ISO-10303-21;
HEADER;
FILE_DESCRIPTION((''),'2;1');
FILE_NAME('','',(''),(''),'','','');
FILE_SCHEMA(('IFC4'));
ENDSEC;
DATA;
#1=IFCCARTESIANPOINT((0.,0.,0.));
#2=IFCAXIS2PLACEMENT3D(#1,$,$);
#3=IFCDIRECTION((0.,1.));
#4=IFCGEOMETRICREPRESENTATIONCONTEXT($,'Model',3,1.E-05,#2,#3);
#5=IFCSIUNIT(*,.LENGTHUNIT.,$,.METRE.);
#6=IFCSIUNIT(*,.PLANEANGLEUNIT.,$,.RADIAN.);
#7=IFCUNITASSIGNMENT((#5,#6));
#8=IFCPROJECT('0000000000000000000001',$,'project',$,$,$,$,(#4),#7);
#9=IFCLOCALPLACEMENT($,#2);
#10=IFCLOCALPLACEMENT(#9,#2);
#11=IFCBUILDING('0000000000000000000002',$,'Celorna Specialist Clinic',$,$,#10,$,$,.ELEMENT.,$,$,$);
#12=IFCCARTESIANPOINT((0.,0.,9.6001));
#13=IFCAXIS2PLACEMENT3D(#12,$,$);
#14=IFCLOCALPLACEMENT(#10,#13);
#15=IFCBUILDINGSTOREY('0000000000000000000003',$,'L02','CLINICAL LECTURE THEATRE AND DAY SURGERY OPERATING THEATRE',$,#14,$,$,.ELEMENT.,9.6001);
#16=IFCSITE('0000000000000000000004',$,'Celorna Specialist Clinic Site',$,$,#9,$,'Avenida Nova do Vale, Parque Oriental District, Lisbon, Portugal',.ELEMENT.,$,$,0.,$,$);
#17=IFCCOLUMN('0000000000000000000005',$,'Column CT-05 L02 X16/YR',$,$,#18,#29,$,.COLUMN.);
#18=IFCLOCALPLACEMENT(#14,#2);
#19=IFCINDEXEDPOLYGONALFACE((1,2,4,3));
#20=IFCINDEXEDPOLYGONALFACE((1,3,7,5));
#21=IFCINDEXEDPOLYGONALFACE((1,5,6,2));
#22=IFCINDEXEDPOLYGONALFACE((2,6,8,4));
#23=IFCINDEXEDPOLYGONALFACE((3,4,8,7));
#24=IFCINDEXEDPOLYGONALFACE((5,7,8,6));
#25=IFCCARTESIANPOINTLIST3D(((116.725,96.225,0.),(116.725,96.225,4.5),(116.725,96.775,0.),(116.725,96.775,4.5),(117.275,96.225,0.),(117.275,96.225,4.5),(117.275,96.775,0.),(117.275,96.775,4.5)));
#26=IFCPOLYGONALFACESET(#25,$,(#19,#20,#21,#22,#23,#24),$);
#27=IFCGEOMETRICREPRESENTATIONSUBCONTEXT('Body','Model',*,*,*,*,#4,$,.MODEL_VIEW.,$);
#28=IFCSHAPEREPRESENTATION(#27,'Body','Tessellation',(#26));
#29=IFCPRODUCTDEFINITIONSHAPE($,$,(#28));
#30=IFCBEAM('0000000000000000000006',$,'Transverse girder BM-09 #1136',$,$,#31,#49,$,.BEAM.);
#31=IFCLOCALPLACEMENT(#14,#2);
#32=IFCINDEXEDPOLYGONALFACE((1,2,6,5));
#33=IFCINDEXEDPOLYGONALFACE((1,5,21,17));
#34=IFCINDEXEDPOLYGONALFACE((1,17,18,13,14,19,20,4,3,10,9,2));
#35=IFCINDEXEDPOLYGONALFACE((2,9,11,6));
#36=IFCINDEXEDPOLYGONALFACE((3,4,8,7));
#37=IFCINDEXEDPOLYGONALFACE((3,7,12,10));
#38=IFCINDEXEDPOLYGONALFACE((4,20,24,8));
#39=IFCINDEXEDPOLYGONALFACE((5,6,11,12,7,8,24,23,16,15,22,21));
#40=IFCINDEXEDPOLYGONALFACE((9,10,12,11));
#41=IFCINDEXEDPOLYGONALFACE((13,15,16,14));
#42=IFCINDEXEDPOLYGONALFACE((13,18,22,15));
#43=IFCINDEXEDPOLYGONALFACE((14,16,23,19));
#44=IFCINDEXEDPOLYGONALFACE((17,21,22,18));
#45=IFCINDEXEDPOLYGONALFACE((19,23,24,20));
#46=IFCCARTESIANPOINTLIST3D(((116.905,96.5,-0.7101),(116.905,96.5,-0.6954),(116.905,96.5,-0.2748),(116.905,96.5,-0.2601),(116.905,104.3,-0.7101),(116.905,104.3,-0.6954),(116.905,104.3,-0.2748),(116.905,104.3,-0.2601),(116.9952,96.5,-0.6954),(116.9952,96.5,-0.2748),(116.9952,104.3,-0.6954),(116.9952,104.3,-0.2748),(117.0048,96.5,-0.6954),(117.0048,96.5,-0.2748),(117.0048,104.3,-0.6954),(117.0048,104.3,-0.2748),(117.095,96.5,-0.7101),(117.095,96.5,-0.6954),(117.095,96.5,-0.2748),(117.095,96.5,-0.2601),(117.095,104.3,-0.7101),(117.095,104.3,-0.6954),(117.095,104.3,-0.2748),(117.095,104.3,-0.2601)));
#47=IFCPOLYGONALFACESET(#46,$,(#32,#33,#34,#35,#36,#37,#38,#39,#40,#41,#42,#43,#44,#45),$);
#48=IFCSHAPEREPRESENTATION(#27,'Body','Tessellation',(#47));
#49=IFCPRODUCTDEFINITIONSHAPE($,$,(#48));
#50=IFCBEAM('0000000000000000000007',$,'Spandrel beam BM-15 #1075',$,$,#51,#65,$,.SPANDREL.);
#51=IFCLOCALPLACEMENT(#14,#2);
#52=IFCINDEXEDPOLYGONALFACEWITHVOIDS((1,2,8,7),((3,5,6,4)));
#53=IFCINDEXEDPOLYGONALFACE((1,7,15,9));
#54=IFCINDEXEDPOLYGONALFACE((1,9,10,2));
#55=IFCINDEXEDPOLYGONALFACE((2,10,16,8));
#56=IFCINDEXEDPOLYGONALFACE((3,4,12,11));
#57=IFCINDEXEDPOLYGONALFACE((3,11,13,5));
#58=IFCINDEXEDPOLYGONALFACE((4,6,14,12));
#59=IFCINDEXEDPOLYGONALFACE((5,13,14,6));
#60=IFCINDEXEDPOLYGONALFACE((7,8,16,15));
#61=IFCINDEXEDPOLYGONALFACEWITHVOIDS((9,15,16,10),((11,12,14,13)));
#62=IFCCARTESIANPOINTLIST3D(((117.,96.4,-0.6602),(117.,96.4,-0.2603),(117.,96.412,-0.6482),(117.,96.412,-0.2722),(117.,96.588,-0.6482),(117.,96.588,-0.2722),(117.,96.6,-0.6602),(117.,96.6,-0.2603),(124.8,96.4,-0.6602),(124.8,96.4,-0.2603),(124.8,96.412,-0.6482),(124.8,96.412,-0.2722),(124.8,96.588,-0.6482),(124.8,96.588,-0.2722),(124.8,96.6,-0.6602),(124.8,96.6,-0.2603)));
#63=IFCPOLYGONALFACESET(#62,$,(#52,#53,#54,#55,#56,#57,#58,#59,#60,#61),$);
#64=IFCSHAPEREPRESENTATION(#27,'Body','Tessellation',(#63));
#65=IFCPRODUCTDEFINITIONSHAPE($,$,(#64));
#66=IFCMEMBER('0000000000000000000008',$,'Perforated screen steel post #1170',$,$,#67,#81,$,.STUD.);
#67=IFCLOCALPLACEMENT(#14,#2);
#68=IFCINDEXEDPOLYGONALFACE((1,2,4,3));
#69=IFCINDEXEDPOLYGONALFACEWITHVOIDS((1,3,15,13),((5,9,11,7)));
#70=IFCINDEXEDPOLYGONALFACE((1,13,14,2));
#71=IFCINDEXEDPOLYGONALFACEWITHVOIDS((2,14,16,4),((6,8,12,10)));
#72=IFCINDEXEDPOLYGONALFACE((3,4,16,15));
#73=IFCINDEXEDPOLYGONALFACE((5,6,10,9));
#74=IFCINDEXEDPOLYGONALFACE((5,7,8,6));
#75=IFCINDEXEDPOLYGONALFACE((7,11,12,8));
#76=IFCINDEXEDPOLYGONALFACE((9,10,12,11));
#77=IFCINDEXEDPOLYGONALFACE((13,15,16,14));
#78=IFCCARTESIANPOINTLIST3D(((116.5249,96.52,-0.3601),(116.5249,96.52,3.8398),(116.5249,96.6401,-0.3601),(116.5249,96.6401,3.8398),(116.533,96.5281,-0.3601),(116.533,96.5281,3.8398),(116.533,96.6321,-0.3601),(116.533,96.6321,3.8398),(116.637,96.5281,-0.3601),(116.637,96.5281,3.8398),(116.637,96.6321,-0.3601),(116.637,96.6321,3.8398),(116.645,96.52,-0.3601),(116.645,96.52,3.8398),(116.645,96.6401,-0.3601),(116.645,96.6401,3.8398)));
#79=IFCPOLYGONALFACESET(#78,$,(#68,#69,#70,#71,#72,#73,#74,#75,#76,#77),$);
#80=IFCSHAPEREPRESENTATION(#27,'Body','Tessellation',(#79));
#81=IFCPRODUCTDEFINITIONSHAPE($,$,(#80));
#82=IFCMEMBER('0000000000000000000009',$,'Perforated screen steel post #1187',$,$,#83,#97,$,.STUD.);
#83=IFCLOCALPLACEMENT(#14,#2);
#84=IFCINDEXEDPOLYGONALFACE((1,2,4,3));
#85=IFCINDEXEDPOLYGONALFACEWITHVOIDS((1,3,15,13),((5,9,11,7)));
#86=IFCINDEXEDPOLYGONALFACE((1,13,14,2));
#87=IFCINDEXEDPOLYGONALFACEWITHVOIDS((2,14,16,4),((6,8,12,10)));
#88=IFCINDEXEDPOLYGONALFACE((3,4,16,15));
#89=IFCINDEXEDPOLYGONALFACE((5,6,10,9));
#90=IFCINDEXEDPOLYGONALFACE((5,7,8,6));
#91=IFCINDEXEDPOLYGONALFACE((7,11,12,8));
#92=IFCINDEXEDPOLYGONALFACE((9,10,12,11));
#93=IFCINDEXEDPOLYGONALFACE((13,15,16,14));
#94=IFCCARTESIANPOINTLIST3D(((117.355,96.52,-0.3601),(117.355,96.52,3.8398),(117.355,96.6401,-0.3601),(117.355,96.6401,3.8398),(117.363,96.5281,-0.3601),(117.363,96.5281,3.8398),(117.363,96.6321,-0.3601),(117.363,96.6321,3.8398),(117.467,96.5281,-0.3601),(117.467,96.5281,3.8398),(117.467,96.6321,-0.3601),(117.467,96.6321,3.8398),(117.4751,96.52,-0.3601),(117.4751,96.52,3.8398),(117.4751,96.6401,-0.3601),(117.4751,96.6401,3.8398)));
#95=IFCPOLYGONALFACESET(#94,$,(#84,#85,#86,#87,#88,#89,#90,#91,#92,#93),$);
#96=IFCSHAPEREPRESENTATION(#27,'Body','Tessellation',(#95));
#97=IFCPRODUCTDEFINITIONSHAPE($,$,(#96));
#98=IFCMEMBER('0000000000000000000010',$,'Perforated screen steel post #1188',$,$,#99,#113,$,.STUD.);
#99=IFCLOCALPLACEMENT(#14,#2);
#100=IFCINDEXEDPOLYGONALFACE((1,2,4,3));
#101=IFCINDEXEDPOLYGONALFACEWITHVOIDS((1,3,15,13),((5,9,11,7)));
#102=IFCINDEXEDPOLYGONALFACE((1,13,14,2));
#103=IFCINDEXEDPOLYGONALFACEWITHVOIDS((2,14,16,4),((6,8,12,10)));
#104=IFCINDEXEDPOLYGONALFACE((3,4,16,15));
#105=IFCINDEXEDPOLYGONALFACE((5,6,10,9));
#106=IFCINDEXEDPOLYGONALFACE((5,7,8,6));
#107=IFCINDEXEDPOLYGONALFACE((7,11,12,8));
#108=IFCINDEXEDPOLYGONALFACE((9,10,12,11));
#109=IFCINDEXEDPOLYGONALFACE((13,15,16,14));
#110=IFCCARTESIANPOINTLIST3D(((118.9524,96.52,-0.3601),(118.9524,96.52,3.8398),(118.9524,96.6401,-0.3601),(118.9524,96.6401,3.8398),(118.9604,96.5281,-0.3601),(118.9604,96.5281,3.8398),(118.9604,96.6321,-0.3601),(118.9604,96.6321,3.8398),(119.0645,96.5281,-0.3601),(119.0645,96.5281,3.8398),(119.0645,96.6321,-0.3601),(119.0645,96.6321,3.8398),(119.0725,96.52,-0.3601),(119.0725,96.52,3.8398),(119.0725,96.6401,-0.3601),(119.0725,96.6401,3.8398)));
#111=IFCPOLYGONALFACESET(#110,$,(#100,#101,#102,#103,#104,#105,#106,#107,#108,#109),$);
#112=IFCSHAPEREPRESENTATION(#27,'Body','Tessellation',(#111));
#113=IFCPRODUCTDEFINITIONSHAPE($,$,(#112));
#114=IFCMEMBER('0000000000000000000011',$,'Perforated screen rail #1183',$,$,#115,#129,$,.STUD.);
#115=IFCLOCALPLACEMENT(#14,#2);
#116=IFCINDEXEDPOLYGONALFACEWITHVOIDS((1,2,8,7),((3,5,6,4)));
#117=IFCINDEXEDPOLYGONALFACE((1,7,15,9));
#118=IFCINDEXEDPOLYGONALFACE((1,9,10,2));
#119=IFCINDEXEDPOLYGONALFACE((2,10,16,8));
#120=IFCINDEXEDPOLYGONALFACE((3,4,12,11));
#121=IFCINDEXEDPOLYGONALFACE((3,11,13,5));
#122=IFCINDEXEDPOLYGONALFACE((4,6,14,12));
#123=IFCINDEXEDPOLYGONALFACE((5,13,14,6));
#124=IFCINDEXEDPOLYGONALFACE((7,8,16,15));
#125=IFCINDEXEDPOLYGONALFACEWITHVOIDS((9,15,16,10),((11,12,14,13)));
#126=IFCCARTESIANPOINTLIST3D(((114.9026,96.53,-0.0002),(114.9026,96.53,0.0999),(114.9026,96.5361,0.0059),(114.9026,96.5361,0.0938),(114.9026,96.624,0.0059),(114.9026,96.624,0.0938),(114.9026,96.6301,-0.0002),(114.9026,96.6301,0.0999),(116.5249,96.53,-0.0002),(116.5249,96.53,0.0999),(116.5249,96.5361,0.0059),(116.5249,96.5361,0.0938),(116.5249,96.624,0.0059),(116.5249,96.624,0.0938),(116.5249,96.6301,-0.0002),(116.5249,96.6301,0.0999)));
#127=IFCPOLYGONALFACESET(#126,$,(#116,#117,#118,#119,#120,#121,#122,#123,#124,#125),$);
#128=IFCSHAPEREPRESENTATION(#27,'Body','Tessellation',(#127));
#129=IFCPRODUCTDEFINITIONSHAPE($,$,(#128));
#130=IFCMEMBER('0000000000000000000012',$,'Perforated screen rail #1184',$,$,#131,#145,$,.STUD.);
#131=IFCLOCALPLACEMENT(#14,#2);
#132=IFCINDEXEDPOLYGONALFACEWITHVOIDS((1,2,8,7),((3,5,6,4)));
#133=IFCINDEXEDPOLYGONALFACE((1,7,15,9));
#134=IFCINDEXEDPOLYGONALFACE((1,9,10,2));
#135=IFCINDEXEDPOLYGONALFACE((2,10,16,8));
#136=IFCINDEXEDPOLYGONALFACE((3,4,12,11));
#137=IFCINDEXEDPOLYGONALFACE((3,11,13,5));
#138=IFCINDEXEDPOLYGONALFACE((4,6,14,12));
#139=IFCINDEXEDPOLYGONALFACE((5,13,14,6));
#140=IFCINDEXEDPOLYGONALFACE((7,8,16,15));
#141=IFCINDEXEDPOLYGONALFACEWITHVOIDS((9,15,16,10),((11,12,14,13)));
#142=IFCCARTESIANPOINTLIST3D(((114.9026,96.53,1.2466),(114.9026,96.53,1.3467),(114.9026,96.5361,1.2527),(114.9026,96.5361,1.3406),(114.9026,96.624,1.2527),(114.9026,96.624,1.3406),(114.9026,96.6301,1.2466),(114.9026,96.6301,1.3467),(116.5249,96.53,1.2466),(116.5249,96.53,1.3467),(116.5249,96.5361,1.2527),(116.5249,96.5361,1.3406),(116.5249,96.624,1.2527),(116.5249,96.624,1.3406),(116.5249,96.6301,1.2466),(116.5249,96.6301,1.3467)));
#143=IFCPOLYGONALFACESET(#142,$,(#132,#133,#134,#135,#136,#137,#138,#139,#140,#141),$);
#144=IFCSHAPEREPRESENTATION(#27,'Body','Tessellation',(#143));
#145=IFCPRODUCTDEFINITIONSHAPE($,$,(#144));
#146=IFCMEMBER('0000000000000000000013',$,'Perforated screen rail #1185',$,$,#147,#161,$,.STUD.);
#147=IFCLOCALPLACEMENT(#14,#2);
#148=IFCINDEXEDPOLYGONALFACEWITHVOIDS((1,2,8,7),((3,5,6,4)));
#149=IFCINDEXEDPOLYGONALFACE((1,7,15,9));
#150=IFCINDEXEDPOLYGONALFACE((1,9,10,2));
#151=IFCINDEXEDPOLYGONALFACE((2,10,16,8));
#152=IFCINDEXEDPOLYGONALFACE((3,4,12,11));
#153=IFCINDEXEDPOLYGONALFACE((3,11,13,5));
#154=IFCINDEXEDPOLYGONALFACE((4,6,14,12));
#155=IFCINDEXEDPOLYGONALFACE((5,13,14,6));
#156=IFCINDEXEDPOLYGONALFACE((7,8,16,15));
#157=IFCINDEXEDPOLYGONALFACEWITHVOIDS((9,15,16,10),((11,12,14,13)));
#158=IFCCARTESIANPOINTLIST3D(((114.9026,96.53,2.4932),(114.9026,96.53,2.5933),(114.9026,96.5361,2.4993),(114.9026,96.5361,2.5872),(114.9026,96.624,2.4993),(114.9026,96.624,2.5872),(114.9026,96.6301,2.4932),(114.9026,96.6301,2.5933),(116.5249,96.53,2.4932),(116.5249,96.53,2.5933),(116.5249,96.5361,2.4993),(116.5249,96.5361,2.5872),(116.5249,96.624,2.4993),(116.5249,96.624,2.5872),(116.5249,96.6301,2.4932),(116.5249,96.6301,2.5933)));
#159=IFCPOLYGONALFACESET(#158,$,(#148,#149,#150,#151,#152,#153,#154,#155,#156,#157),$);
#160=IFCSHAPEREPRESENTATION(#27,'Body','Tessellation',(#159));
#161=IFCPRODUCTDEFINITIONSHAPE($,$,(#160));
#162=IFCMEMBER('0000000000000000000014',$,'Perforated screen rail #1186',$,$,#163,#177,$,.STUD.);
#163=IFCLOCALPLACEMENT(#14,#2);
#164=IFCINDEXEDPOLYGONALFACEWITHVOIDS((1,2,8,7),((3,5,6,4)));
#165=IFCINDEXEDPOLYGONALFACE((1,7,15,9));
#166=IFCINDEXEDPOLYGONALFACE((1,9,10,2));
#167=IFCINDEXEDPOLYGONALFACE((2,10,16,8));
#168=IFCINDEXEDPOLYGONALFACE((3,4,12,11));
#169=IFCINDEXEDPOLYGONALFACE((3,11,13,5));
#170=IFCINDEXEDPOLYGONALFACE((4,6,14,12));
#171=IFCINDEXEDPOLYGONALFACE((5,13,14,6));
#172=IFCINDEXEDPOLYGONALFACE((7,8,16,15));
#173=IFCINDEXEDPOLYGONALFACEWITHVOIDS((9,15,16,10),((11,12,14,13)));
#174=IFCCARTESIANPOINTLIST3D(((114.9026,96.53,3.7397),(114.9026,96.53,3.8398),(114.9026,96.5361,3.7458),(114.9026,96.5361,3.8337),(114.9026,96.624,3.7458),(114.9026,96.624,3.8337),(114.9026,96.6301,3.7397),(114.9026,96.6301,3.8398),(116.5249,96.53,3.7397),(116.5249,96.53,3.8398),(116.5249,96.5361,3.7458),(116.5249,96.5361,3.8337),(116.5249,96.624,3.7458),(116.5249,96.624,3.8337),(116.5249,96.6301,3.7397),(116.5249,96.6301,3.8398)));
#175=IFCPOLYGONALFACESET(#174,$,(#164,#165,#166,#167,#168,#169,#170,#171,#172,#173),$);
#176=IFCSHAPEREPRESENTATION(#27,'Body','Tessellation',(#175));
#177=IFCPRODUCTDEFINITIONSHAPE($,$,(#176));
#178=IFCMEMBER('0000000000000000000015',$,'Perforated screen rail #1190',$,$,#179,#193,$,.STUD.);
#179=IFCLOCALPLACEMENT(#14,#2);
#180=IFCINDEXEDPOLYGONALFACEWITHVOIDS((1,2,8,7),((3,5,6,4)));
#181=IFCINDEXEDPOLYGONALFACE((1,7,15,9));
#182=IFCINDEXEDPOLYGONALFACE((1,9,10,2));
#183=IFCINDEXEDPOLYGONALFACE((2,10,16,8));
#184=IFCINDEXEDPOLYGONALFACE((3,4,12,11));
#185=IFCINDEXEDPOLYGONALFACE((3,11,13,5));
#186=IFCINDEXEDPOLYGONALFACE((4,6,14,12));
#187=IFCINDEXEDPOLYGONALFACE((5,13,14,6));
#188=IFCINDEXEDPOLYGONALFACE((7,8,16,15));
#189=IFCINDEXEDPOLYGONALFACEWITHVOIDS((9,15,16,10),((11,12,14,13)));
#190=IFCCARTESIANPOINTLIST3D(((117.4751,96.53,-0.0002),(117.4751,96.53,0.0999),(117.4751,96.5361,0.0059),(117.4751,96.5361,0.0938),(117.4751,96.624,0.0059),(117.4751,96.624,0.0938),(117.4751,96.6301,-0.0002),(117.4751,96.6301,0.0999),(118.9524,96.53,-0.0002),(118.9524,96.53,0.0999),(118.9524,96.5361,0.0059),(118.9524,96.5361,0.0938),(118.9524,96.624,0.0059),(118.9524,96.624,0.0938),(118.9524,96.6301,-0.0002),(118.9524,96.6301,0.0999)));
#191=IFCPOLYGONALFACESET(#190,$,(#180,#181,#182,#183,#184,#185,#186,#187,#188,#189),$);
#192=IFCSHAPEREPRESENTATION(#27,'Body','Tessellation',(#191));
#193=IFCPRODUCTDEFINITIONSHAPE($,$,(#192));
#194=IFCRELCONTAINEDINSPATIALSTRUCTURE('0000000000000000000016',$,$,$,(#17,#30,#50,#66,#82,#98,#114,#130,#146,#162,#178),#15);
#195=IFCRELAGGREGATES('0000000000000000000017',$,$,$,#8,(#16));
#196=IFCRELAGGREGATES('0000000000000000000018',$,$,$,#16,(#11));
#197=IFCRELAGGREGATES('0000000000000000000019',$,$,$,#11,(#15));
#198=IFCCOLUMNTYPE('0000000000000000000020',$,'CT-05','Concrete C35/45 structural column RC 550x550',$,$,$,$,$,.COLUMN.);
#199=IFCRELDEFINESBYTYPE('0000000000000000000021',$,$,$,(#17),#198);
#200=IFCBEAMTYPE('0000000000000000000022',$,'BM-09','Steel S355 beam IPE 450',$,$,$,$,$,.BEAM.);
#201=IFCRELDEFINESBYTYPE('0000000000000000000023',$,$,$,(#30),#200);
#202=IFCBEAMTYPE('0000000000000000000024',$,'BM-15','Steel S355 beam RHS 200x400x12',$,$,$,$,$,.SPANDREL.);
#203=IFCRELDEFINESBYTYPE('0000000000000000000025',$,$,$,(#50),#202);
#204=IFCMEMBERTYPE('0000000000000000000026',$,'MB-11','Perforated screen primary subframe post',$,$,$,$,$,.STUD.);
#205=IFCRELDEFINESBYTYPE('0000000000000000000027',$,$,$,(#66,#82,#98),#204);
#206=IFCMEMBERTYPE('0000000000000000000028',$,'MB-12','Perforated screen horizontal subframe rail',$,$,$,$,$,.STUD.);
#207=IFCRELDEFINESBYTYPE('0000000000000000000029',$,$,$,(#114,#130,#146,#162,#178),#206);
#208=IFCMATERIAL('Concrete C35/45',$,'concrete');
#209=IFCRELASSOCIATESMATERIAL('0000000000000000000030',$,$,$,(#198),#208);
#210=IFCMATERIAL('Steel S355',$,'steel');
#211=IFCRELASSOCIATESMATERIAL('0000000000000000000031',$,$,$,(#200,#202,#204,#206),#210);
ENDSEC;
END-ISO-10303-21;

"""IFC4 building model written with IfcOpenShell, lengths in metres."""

from ifc_helpers import new_model, si_unit, direction, frame, origin, origin_2d, place, context, subcontext, project, spatial, rectangle, hollow_rectangle, i_section, extrude, material, material_profile, profile_set, type_object, element, save


model = new_model("IFC4")

# Units and contexts
model_context = context("Model", 3, precision=1e-05, world=origin(), true_north=direction((0.0, 1.0)))
body_context = subcontext(model_context, "Body", "Model", "MODEL_VIEW")
ifc_project = project(units=[si_unit("LENGTHUNIT", "METRE"), si_unit("PLANEANGLEUNIT", "RADIAN")], contexts=[model_context])

# Site, building, storey
site_placement = place(None, origin())
site = spatial("IfcSite", under=ifc_project, at=site_placement, Name="Celorna Specialist Clinic Site", LongName="Avenida Nova do Vale, Parque Oriental District, Lisbon, Portugal", CompositionType="ELEMENT", RefElevation=0.0)
building_placement = place(site_placement, origin())
building = spatial("IfcBuilding", under=site, at=building_placement, Name="Celorna Specialist Clinic", CompositionType="ELEMENT")
storey_placement = place(building_placement, frame((0.0, 0.0, 9.6001)))
storey = spatial("IfcBuildingStorey", under=building, at=storey_placement, Name="L02", Description="CLINICAL LECTURE THEATRE AND DAY SURGERY OPERATING THEATRE", CompositionType="ELEMENT", Elevation=9.6001)

# Column
ifc_material_1 = material(Name="Concrete C35/45", Category="concrete")
ifc_material_profile_1 = material_profile(ifc_material_1, rectangle(XDim=0.55, YDim=0.55, at=origin_2d()), Name="RC 550x550")
ifc_profile_set_1 = profile_set([ifc_material_profile_1], Name="Concrete C35/45")
column_type = type_object("IfcColumnType", Name="CT-05", Description="Concrete C35/45 structural column RC 550x550", PredefinedType="COLUMN", material=ifc_profile_set_1)
column_placement = place(storey_placement, frame((117.0, 96.5, 0.0), z_axis=(0.0, 0.0, 1.0), x_axis=(1.0, 0.0, 0.0)))
element("IfcColumn", 1, at=column_placement, inside=storey, type_object=column_type, Name="Column CT-05 L02 X16/YR", PredefinedType="COLUMN", context=body_context, shape_type="SweptSolid", body=[
    extrude(rectangle(XDim=0.55, YDim=0.55, at=origin_2d()), origin(), (0.0, 0.0, 1.0), 4.5),
])

# Beams
ifc_material_2 = material(Name="Steel S355", Category="steel")
ifc_material_profile_2 = material_profile(ifc_material_2, i_section(OverallWidth=0.1899, OverallDepth=0.45, WebThickness=0.0095, FlangeThickness=0.0146, at=origin_2d()), Name="IPE 450")
ifc_profile_set_2 = profile_set([ifc_material_profile_2], Name="Steel S355")
beam_type_1 = type_object("IfcBeamType", Name="BM-09", Description="Steel S355 beam IPE 450", PredefinedType="BEAM", material=ifc_profile_set_2)
beam_1_placement = place(storey_placement, frame((117.0, 96.5, -0.4851), z_axis=(0.0, 1.0, 0.0), x_axis=(-1.0, 0.0, 0.0)))
element("IfcBeam", 2, at=beam_1_placement, inside=storey, type_object=beam_type_1, Name="Transverse girder BM-09 #1136", PredefinedType="BEAM", context=body_context, shape_type="SweptSolid", body=[
    extrude(i_section(OverallWidth=0.1899, OverallDepth=0.45, WebThickness=0.0095, FlangeThickness=0.0146, at=origin_2d()), origin(), (0.0, 0.0, 1.0), 7.8),
])
ifc_material_profile_3 = material_profile(ifc_material_2, hollow_rectangle(XDim=0.2, YDim=0.3999, WallThickness=0.012, at=origin_2d()), Name="RHS 200x400x12")
ifc_profile_set_3 = profile_set([ifc_material_profile_3], Name="Steel S355")
beam_type_2 = type_object("IfcBeamType", Name="BM-15", Description="Steel S355 beam RHS 200x400x12", PredefinedType="SPANDREL", material=ifc_profile_set_3)
beam_2_placement = place(storey_placement, frame((117.0, 96.5, -0.4602), z_axis=(1.0, 0.0, 0.0), x_axis=(0.0, 1.0, 0.0)))
element("IfcBeam", 3, at=beam_2_placement, inside=storey, type_object=beam_type_2, Name="Spandrel beam BM-15 #1075", PredefinedType="SPANDREL", context=body_context, shape_type="SweptSolid", body=[
    extrude(hollow_rectangle(XDim=0.2, YDim=0.3999, WallThickness=0.012, at=origin_2d()), origin(), (0.0, 0.0, 1.0), 7.8),
])

# Members
ifc_material_profile_4 = material_profile(ifc_material_2, hollow_rectangle(XDim=0.1201, YDim=0.1201, WallThickness=0.0081, at=origin_2d()), Name="SHS 120x120x8")
ifc_profile_set_4 = profile_set([ifc_material_profile_4], Name="Steel S355")
member_type_1 = type_object("IfcMemberType", Name="MB-11", Description="Perforated screen primary subframe post", PredefinedType="STUD", material=ifc_profile_set_4)
for number, where, z_axis, x_axis, name in (
    (4, (116.585, 96.5801, -0.3601), (0.0, 0.0, 1.0), (1.0, 0.0, 0.0), "Perforated screen steel post #1170"),
    (5, (117.415, 96.5801, -0.3601), (0.0, 0.0, 1.0), (1.0, 0.0, 0.0), "Perforated screen steel post #1187"),
    (6, (119.0125, 96.5801, -0.3601), (0.0, 0.0, 1.0), (1.0, 0.0, 0.0), "Perforated screen steel post #1188"),
):
    element("IfcMember", number, at=place(storey_placement, frame(where, z_axis=z_axis, x_axis=x_axis)), inside=storey, type_object=member_type_1, Name=name, PredefinedType="STUD", context=body_context, shape_type="SweptSolid", body=[
        extrude(hollow_rectangle(XDim=0.1201, YDim=0.1201, WallThickness=0.0081, at=origin_2d()), origin(), (0.0, 0.0, 1.0), 4.2),
    ])
ifc_material_profile_5 = material_profile(ifc_material_2, hollow_rectangle(XDim=0.1001, YDim=0.1001, WallThickness=0.0061, at=origin_2d()), Name="SHS 100x100x6")
ifc_profile_set_5 = profile_set([ifc_material_profile_5], Name="Steel S355")
member_type_2 = type_object("IfcMemberType", Name="MB-12", Description="Perforated screen horizontal subframe rail", PredefinedType="STUD", material=ifc_profile_set_5)
for number, where, z_axis, x_axis, name in (
    (7, (114.9026, 96.5801, 0.0498), (1.0, 0.0, 0.0), (0.0, 1.0, 0.0), "Perforated screen rail #1183"),
    (8, (114.9026, 96.5801, 1.2966), (1.0, 0.0, 0.0), (0.0, 1.0, 0.0), "Perforated screen rail #1184"),
    (9, (114.9026, 96.5801, 2.5432), (1.0, 0.0, 0.0), (0.0, 1.0, 0.0), "Perforated screen rail #1185"),
    (10, (114.9026, 96.5801, 3.7898), (1.0, 0.0, 0.0), (0.0, 1.0, 0.0), "Perforated screen rail #1186"),
):
    element("IfcMember", number, at=place(storey_placement, frame(where, z_axis=z_axis, x_axis=x_axis)), inside=storey, type_object=member_type_2, Name=name, PredefinedType="STUD", context=body_context, shape_type="SweptSolid", body=[
        extrude(hollow_rectangle(XDim=0.1001, YDim=0.1001, WallThickness=0.0061, at=origin_2d()), origin(), (0.0, 0.0, 1.0), 1.6223),
    ])
for number, where, z_axis, x_axis, name in (
    (11, (117.4751, 96.5801, 0.0498), (1.0, 0.0, 0.0), (0.0, 1.0, 0.0), "Perforated screen rail #1190"),
):
    element("IfcMember", number, at=place(storey_placement, frame(where, z_axis=z_axis, x_axis=x_axis)), inside=storey, type_object=member_type_2, Name=name, PredefinedType="STUD", context=body_context, shape_type="SweptSolid", body=[
        extrude(hollow_rectangle(XDim=0.1001, YDim=0.1001, WallThickness=0.0061, at=origin_2d()), origin(), (0.0, 0.0, 1.0), 1.4773),
    ])

save(model, "model.ifc")
